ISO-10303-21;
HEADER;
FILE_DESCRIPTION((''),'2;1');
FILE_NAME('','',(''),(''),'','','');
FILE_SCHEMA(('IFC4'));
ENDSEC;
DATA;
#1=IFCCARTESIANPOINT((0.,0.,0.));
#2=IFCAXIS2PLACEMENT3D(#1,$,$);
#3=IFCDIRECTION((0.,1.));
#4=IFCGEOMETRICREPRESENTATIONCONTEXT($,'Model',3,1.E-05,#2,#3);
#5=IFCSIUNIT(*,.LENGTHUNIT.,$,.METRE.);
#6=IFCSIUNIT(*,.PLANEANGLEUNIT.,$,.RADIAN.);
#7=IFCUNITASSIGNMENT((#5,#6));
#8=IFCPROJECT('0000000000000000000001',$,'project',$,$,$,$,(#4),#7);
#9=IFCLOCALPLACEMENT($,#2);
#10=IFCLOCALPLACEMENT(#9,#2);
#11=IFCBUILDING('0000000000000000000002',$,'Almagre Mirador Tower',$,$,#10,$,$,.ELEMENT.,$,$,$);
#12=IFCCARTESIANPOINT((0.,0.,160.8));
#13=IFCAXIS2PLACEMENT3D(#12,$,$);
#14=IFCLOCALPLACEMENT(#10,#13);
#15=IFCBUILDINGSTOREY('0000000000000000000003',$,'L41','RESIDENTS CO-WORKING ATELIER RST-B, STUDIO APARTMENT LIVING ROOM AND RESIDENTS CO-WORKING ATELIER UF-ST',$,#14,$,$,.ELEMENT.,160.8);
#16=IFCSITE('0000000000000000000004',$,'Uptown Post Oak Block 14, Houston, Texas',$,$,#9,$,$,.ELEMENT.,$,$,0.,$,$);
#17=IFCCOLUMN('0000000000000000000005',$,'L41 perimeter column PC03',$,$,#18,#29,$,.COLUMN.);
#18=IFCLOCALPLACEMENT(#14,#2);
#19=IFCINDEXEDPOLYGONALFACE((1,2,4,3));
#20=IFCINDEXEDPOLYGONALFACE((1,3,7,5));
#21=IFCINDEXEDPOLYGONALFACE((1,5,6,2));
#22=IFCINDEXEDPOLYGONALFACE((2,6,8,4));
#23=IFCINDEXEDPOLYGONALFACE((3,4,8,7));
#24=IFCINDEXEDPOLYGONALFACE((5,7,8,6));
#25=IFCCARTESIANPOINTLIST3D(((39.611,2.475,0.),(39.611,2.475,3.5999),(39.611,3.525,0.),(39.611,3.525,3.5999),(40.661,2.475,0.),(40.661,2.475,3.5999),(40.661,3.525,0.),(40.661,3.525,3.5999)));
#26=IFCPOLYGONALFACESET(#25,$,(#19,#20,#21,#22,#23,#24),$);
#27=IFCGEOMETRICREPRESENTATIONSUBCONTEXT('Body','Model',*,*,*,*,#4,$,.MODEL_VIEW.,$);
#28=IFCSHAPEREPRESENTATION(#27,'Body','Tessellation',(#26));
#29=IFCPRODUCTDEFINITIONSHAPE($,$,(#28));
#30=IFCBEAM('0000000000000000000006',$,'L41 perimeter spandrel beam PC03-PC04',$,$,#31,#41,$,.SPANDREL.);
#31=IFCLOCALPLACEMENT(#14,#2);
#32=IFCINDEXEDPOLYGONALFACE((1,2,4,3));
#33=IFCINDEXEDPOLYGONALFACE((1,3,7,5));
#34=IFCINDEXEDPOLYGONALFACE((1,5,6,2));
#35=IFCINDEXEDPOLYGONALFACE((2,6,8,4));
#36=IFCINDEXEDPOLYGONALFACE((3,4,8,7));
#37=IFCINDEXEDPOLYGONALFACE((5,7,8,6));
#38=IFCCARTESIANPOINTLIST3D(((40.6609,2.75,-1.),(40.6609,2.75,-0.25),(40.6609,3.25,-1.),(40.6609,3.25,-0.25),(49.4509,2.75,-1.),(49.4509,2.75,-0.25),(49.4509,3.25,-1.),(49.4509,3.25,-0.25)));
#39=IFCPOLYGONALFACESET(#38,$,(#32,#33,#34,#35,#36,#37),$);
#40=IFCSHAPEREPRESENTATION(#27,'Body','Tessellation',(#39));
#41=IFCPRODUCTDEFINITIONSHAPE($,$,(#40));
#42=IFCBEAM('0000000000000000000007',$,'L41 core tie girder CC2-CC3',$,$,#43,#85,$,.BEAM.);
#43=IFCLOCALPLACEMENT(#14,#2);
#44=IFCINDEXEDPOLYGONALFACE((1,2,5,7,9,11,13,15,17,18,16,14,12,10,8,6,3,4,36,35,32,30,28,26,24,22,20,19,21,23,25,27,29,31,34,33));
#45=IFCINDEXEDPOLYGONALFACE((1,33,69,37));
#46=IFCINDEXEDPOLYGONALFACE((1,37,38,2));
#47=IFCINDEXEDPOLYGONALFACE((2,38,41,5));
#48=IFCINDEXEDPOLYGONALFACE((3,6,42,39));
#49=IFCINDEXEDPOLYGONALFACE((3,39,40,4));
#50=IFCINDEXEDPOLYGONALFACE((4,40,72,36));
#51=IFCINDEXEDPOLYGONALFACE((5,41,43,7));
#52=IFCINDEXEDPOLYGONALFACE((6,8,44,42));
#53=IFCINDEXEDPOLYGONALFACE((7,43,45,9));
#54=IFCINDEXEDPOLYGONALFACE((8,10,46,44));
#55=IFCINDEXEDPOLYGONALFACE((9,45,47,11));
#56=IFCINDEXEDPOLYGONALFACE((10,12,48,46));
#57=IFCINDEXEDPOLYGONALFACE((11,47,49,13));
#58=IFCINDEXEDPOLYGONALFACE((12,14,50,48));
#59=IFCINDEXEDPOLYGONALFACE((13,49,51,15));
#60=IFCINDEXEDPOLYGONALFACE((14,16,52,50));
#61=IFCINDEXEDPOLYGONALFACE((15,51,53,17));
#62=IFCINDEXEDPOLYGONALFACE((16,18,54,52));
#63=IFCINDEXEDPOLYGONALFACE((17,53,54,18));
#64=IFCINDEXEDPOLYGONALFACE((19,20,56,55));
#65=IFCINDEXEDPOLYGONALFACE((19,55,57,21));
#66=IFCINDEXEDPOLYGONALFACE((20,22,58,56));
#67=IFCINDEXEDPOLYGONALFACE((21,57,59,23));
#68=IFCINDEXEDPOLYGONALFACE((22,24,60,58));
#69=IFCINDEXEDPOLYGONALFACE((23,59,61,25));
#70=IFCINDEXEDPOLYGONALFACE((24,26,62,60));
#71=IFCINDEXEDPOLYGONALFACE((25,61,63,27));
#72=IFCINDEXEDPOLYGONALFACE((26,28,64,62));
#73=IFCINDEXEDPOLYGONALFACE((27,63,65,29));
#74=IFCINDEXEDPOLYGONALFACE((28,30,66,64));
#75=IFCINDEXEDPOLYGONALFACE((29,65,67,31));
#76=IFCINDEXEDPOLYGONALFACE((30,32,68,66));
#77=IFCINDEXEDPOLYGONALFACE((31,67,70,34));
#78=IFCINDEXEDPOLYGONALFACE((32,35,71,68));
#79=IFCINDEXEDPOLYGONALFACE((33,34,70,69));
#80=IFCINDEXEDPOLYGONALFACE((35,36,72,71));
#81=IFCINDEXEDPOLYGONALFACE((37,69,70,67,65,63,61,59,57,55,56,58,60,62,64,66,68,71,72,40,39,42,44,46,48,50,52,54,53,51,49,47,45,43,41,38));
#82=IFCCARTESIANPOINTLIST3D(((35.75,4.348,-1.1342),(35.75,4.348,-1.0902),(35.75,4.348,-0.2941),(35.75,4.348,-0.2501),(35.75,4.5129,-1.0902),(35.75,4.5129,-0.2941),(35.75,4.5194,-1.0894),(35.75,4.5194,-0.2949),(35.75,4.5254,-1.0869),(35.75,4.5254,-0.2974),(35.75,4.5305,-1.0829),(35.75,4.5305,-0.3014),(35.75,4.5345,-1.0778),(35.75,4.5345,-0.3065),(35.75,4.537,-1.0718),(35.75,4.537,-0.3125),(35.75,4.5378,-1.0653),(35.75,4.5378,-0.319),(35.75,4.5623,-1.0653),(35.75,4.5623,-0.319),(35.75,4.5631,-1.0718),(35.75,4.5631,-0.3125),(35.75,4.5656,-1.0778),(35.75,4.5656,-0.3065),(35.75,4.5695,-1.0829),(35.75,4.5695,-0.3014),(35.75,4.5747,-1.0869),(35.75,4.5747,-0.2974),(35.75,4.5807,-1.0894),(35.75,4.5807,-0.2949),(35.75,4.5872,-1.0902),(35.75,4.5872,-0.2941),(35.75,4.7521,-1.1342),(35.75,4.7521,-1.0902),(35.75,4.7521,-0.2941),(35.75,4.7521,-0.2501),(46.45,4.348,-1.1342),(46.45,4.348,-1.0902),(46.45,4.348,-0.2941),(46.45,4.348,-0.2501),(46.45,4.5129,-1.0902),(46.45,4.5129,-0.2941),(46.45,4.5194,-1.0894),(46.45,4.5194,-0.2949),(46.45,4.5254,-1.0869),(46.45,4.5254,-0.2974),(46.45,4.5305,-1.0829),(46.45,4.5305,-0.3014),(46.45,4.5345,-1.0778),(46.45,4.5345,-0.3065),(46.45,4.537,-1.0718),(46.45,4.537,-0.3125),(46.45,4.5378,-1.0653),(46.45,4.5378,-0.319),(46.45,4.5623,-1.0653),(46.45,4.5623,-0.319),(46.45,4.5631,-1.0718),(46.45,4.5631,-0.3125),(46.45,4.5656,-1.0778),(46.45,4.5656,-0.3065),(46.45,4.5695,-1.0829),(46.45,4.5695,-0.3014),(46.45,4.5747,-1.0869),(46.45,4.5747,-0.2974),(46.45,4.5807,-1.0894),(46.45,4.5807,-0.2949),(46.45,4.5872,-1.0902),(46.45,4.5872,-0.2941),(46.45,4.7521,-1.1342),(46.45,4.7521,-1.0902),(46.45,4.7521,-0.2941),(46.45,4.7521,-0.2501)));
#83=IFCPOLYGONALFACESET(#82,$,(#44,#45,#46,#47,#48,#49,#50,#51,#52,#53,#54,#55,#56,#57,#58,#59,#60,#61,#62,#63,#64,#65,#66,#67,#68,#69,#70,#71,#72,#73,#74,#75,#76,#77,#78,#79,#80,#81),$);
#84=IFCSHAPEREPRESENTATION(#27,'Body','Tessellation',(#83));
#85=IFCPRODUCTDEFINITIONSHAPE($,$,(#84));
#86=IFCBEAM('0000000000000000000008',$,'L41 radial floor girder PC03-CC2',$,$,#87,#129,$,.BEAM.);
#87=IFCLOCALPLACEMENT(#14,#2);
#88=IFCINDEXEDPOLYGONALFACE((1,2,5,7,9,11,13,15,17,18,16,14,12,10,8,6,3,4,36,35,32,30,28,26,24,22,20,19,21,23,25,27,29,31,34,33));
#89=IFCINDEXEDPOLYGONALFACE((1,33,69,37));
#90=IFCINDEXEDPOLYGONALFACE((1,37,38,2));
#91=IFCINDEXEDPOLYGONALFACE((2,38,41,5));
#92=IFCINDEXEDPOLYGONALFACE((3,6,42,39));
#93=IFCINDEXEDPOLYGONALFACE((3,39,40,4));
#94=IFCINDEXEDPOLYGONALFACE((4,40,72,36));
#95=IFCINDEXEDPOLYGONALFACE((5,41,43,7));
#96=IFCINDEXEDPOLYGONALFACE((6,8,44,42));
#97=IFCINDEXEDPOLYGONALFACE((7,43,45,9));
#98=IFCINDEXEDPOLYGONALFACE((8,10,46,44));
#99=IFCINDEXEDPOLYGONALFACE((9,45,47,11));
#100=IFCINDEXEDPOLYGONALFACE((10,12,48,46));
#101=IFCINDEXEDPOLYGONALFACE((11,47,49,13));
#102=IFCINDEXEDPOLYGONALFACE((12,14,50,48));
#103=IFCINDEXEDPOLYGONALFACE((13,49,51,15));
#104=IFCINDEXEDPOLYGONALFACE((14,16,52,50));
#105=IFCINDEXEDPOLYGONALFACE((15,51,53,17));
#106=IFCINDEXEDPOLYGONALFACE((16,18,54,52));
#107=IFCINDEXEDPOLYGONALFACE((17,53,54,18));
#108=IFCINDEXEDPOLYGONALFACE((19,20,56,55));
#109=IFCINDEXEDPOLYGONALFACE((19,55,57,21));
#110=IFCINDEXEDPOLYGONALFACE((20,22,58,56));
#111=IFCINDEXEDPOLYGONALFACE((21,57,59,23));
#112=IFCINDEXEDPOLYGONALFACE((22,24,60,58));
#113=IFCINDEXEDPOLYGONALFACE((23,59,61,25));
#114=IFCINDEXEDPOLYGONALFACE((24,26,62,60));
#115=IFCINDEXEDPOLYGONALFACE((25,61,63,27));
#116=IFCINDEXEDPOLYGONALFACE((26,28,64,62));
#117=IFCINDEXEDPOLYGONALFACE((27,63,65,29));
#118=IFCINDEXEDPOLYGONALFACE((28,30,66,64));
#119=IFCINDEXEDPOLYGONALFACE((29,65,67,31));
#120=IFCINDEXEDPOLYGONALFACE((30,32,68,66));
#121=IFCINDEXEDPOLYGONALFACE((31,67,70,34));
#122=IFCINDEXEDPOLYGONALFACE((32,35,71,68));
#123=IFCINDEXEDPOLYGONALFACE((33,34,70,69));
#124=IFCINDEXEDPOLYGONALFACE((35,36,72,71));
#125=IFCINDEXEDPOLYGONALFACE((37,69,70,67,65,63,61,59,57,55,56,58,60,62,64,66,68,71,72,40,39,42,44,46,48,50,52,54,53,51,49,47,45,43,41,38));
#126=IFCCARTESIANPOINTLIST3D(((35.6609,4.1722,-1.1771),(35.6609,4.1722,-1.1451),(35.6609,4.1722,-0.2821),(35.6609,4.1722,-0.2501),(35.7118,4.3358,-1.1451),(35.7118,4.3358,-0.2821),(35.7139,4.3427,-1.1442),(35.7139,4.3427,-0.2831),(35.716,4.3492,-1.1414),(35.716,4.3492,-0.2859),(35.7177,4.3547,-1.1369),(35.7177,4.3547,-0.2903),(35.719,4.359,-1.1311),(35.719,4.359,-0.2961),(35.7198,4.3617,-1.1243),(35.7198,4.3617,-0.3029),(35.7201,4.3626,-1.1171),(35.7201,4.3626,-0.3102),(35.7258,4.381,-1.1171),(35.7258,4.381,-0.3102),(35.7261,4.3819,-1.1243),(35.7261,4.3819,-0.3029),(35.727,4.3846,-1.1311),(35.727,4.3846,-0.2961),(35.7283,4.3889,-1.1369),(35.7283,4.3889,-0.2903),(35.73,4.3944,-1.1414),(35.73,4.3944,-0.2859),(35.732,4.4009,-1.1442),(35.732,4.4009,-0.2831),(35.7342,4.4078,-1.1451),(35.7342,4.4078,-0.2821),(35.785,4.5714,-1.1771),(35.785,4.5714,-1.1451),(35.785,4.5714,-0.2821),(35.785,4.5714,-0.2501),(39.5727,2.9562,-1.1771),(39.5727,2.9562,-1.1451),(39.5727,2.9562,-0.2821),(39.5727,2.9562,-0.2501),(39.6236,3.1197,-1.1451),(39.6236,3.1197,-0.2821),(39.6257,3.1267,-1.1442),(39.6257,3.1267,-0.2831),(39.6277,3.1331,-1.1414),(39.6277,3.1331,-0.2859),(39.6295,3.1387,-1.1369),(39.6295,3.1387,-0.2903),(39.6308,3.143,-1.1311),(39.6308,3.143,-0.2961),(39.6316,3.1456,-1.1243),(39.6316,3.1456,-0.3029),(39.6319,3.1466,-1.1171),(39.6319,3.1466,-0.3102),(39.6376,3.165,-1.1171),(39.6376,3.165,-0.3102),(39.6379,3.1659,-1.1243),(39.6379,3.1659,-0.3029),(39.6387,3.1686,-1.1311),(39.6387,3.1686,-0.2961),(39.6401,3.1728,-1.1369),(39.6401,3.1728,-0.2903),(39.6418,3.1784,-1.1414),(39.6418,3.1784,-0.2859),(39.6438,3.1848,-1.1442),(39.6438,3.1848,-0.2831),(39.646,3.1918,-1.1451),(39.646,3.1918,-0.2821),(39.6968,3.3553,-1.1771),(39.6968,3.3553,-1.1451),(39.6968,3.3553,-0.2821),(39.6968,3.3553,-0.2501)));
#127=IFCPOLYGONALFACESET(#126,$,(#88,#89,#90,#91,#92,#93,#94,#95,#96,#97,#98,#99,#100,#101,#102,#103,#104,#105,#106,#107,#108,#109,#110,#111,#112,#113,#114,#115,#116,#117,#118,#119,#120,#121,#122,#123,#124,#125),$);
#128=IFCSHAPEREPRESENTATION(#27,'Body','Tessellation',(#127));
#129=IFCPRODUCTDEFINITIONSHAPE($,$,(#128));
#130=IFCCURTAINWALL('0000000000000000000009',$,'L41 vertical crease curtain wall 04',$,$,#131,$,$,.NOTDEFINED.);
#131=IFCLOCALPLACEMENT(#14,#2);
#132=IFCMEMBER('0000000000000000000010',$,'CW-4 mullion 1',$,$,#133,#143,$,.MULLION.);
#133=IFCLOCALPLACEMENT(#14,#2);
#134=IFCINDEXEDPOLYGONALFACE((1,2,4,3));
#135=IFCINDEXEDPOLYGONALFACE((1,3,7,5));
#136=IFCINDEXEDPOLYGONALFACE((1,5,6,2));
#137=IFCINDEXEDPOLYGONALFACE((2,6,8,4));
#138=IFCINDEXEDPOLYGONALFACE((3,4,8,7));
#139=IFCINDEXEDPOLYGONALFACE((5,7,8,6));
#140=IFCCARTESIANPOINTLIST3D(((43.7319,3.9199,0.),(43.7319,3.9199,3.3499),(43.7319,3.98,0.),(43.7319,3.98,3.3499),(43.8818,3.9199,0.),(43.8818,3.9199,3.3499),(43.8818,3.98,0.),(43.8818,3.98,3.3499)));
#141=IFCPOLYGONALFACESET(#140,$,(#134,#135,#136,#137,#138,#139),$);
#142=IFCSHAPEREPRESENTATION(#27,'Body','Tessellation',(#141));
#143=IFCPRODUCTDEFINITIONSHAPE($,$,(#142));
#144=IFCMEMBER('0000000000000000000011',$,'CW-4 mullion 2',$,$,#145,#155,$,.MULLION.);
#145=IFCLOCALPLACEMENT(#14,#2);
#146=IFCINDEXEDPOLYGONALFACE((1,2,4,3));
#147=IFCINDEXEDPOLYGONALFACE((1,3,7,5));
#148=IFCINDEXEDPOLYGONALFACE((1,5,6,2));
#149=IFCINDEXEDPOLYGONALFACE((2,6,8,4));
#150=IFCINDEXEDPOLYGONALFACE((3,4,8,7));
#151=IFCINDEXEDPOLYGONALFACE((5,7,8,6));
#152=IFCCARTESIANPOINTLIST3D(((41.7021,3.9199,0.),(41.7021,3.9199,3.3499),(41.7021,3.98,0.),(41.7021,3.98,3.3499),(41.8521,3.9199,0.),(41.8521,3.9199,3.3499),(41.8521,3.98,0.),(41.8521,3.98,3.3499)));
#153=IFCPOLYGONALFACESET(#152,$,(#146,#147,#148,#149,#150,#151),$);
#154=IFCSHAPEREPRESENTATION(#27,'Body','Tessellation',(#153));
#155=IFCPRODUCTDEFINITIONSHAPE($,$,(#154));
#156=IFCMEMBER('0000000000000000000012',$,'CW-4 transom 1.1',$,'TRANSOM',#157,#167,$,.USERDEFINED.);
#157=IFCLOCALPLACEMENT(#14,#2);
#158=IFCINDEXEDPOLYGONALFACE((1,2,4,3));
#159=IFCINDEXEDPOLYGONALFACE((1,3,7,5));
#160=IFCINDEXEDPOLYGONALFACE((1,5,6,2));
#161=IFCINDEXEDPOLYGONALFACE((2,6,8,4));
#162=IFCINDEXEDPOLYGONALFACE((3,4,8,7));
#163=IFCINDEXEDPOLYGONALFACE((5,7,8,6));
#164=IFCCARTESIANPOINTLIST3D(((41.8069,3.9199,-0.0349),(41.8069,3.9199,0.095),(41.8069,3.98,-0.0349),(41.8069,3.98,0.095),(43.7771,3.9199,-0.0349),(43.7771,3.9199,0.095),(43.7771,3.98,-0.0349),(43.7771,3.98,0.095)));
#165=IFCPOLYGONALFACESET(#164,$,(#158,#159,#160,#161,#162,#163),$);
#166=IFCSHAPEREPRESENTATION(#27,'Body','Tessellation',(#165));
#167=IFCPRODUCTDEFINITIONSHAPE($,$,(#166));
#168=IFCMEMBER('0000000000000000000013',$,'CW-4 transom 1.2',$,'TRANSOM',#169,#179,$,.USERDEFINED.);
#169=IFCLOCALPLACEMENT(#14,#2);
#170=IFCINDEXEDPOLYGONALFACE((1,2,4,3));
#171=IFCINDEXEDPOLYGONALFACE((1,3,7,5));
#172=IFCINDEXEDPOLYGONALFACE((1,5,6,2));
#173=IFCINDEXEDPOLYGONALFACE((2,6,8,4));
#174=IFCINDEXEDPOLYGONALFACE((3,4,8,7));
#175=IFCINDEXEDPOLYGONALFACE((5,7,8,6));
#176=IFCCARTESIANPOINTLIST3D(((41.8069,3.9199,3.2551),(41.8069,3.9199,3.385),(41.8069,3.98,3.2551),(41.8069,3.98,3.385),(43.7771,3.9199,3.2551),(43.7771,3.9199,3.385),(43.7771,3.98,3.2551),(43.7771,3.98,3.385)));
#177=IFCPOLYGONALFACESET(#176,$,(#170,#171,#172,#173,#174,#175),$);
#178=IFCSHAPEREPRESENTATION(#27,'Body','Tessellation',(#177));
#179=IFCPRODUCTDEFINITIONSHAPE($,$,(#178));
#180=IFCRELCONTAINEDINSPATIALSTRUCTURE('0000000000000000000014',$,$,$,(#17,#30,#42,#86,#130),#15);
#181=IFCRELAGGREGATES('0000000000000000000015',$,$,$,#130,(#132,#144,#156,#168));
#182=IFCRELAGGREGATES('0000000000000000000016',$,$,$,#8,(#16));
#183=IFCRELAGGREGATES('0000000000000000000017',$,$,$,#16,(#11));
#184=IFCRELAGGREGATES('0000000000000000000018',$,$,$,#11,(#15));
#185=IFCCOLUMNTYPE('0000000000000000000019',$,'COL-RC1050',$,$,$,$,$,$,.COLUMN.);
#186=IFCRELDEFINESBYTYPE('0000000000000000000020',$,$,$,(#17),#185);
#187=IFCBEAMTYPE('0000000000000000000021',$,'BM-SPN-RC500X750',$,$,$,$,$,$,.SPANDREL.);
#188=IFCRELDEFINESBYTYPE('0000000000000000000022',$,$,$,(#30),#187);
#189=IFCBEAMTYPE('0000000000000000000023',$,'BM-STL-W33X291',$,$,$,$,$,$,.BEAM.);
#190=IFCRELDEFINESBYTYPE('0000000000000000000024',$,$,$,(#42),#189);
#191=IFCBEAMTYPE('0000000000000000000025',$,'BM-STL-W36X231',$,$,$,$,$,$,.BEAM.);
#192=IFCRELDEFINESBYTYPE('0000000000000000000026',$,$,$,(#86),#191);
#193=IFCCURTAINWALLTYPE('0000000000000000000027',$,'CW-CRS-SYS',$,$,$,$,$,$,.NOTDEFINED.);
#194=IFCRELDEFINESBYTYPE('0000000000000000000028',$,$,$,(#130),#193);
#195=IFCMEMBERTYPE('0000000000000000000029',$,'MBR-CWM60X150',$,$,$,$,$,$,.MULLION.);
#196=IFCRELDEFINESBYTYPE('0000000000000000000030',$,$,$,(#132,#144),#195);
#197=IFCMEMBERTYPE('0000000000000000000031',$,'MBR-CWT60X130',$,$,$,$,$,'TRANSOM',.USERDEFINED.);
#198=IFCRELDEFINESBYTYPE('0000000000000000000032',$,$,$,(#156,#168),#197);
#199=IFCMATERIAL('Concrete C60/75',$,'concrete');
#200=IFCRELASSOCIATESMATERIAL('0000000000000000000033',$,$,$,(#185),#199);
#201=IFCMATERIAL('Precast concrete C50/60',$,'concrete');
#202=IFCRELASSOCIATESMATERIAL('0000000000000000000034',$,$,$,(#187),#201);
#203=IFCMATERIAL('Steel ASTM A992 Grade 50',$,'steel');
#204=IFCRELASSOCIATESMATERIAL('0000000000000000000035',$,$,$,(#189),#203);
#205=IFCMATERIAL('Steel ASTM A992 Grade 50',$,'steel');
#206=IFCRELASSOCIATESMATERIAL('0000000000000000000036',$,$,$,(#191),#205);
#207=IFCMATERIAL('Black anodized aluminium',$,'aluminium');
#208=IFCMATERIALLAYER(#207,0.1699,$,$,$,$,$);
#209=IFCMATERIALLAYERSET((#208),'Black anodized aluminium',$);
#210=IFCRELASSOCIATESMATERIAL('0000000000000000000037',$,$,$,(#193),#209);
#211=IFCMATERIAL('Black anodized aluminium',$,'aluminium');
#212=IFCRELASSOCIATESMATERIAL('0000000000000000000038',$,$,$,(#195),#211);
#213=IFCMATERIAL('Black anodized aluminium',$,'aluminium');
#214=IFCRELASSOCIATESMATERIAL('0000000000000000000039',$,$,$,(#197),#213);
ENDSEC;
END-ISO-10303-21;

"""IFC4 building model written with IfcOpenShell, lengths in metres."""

from ifc_helpers import new_model, si_unit, direction, frame, origin, origin_2d, place, context, subcontext, project, spatial, rectangle, i_section, extrude, material, layer, layer_set, material_profile, profile_set, type_object, element, aggregate, save


model = new_model("IFC4")

# Units and contexts
model_context = context("Model", 3, precision=1e-05, world=origin(), true_north=direction((0.0, 1.0)))
body_context = subcontext(model_context, "Body", "Model", "MODEL_VIEW")
ifc_project = project(units=[si_unit("LENGTHUNIT", "METRE"), si_unit("PLANEANGLEUNIT", "RADIAN")], contexts=[model_context])

# Site, building, storey
site_placement = place(None, origin())
site = spatial("IfcSite", under=ifc_project, at=site_placement, Name="Uptown Post Oak Block 14, Houston, Texas", CompositionType="ELEMENT", RefElevation=0.0)
building_placement = place(site_placement, origin())
building = spatial("IfcBuilding", under=site, at=building_placement, Name="Almagre Mirador Tower", CompositionType="ELEMENT")
storey_placement = place(building_placement, frame((0.0, 0.0, 160.8)))
storey = spatial("IfcBuildingStorey", under=building, at=storey_placement, Name="L41", Description="RESIDENTS CO-WORKING ATELIER RST-B, STUDIO APARTMENT LIVING ROOM AND RESIDENTS CO-WORKING ATELIER UF-ST", CompositionType="ELEMENT", Elevation=160.8)

# Column
ifc_material_1 = material(Name="Concrete C60/75", Category="concrete")
ifc_material_profile_1 = material_profile(ifc_material_1, rectangle(XDim=1.05, YDim=1.05, at=origin_2d()), Name="RC1050X1050")
ifc_profile_set_1 = profile_set([ifc_material_profile_1], Name="Concrete C60/75")
column_type = type_object("IfcColumnType", Name="COL-RC1050", PredefinedType="COLUMN", material=ifc_profile_set_1)
column_placement = place(storey_placement, frame((40.136, 3.0, 0.0), z_axis=(0.0, 0.0, 1.0), x_axis=(1.0, 0.0, 0.0)))
element("IfcColumn", 1, at=column_placement, inside=storey, type_object=column_type, Name="L41 perimeter column PC03", PredefinedType="COLUMN", context=body_context, shape_type="SweptSolid", body=[
    extrude(rectangle(XDim=1.05, YDim=1.05, at=origin_2d()), origin(), (0.0, 0.0, 1.0), 3.5999),
])

# Beams
ifc_material_2 = material(Name="Precast concrete C50/60", Category="concrete")
ifc_material_profile_2 = material_profile(ifc_material_2, rectangle(XDim=0.5, YDim=0.75, at=origin_2d()), Name="RC500X750")
ifc_profile_set_2 = profile_set([ifc_material_profile_2], Name="Precast concrete C50/60")
beam_type_1 = type_object("IfcBeamType", Name="BM-SPN-RC500X750", PredefinedType="SPANDREL", material=ifc_profile_set_2)
beam_1_placement = place(storey_placement, frame((40.6609, 3.0, -0.625), z_axis=(1.0, 0.0, 0.0), x_axis=(0.0, 1.0, 0.0)))
element("IfcBeam", 2, at=beam_1_placement, inside=storey, type_object=beam_type_1, Name="L41 perimeter spandrel beam PC03-PC04", PredefinedType="SPANDREL", context=body_context, shape_type="SweptSolid", body=[
    extrude(rectangle(XDim=0.5, YDim=0.75, at=origin_2d()), origin(), (0.0, 0.0, 1.0), 8.79),
])
ifc_material_3 = material(Name="Steel ASTM A992 Grade 50", Category="steel")
ifc_material_profile_3 = material_profile(ifc_material_3, i_section(OverallWidth=0.4041, OverallDepth=0.884, WebThickness=0.0244, FlangeThickness=0.0439, FilletRadius=0.0249, at=origin_2d()), Name="W33X291")
ifc_profile_set_3 = profile_set([ifc_material_profile_3], Name="Steel ASTM A992 Grade 50")
beam_type_2 = type_object("IfcBeamType", Name="BM-STL-W33X291", PredefinedType="BEAM", material=ifc_profile_set_3)
beam_2_placement = place(storey_placement, frame((35.75, 4.55, -0.6921), z_axis=(1.0, 0.0, 0.0), x_axis=(0.0, 1.0, 0.0)))
element("IfcBeam", 3, at=beam_2_placement, inside=storey, type_object=beam_type_2, Name="L41 core tie girder CC2-CC3", PredefinedType="BEAM", context=body_context, shape_type="SweptSolid", body=[
    extrude(i_section(OverallWidth=0.4041, OverallDepth=0.884, WebThickness=0.0244, FlangeThickness=0.0439, FilletRadius=0.0249, at=origin_2d()), origin(), (0.0, 0.0, 1.0), 10.7),
])
ifc_material_4 = material(Name="Steel ASTM A992 Grade 50", Category="steel")
ifc_material_profile_4 = material_profile(ifc_material_4, i_section(OverallWidth=0.418, OverallDepth=0.927, WebThickness=0.0193, FlangeThickness=0.032, FilletRadius=0.0281, at=origin_2d()), Name="W36X231")
ifc_profile_set_4 = profile_set([ifc_material_profile_4], Name="Steel ASTM A992 Grade 50")
beam_type_3 = type_object("IfcBeamType", Name="BM-STL-W36X231", PredefinedType="BEAM", material=ifc_profile_set_4)
beam_3_placement = place(storey_placement, frame((39.6348, 3.1558, -0.7136), z_axis=(-0.954923, 0.296853, 0.0), x_axis=(-0.296853, -0.954923, 0.0)))
element("IfcBeam", 4, at=beam_3_placement, inside=storey, type_object=beam_type_3, Name="L41 radial floor girder PC03-CC2", PredefinedType="BEAM", context=body_context, shape_type="SweptSolid", body=[
    extrude(i_section(OverallWidth=0.418, OverallDepth=0.927, WebThickness=0.0193, FlangeThickness=0.032, FilletRadius=0.0281, at=origin_2d()), origin(), (0.0, 0.0, 1.0), 4.0964),
])

# Curtain wall, members
ifc_material_5 = material(Name="Black anodized aluminium", Category="aluminium")
ifc_layer_1 = layer(ifc_material_5, 0.1699)
ifc_layer_set_1 = layer_set([ifc_layer_1], Name="Black anodized aluminium")
curtain_wall_type = type_object("IfcCurtainWallType", Name="CW-CRS-SYS", PredefinedType="NOTDEFINED", material=ifc_layer_set_1)
curtain_wall_placement = place(storey_placement, origin())
curtain_wall = element("IfcCurtainWall", 5, at=curtain_wall_placement, inside=storey, type_object=curtain_wall_type, Name="L41 vertical crease curtain wall 04", PredefinedType="NOTDEFINED")
ifc_material_6 = material(Name="Black anodized aluminium", Category="aluminium")
ifc_material_profile_5 = material_profile(ifc_material_6, rectangle(XDim=0.0601, YDim=0.1499, at=origin_2d()), Name="CWM60X150")
ifc_profile_set_5 = profile_set([ifc_material_profile_5], Name="Black anodized aluminium")
member_type_1 = type_object("IfcMemberType", Name="MBR-CWM60X150", PredefinedType="MULLION", material=ifc_profile_set_5)
member_1_placement = place(storey_placement, frame((43.8069, 3.95, 0.0), z_axis=(0.0, 0.0, 1.0), x_axis=(0.0, -1.0, 0.0)))
member_1 = element("IfcMember", 6, at=member_1_placement, type_object=member_type_1, Name="CW-4 mullion 1", PredefinedType="MULLION", context=body_context, shape_type="SweptSolid", body=[
    extrude(rectangle(XDim=0.0601, YDim=0.1499, at=origin_2d()), origin(), (0.0, 0.0, 1.0), 3.3499),
])
member_2_placement = place(storey_placement, frame((41.7771, 3.95, 0.0), z_axis=(0.0, 0.0, 1.0), x_axis=(0.0, -1.0, 0.0)))
member_2 = element("IfcMember", 7, at=member_2_placement, type_object=member_type_1, Name="CW-4 mullion 2", PredefinedType="MULLION", context=body_context, shape_type="SweptSolid", body=[
    extrude(rectangle(XDim=0.0601, YDim=0.1499, at=origin_2d()), origin(), (0.0, 0.0, 1.0), 3.3499),
])
ifc_material_7 = material(Name="Black anodized aluminium", Category="aluminium")
ifc_material_profile_6 = material_profile(ifc_material_7, rectangle(XDim=0.0601, YDim=0.1299, at=origin_2d()), Name="CWT60X130")
ifc_profile_set_6 = profile_set([ifc_material_profile_6], Name="Black anodized aluminium")
member_type_2 = type_object("IfcMemberType", Name="MBR-CWT60X130", ElementType="TRANSOM", PredefinedType="USERDEFINED", material=ifc_profile_set_6)
member_3_placement = place(storey_placement, frame((43.7771, 3.95, 0.03), z_axis=(-1.0, 0.0, 0.0), x_axis=(0.0, -1.0, 0.0)))
member_3 = element("IfcMember", 8, at=member_3_placement, type_object=member_type_2, Name="CW-4 transom 1.1", ObjectType="TRANSOM", PredefinedType="USERDEFINED", context=body_context, shape_type="SweptSolid", body=[
    extrude(rectangle(XDim=0.0601, YDim=0.1299, at=origin_2d()), origin(), (0.0, 0.0, 1.0), 1.9702),
])
member_4_placement = place(storey_placement, frame((43.7771, 3.95, 3.3201), z_axis=(-1.0, 0.0, 0.0), x_axis=(0.0, -1.0, 0.0)))
member_4 = element("IfcMember", 9, at=member_4_placement, type_object=member_type_2, Name="CW-4 transom 1.2", ObjectType="TRANSOM", PredefinedType="USERDEFINED", context=body_context, shape_type="SweptSolid", body=[
    extrude(rectangle(XDim=0.0601, YDim=0.1299, at=origin_2d()), origin(), (0.0, 0.0, 1.0), 1.9702),
])
aggregate(curtain_wall, [member_1, member_2, member_3, member_4])

save(model, "model.ifc")
